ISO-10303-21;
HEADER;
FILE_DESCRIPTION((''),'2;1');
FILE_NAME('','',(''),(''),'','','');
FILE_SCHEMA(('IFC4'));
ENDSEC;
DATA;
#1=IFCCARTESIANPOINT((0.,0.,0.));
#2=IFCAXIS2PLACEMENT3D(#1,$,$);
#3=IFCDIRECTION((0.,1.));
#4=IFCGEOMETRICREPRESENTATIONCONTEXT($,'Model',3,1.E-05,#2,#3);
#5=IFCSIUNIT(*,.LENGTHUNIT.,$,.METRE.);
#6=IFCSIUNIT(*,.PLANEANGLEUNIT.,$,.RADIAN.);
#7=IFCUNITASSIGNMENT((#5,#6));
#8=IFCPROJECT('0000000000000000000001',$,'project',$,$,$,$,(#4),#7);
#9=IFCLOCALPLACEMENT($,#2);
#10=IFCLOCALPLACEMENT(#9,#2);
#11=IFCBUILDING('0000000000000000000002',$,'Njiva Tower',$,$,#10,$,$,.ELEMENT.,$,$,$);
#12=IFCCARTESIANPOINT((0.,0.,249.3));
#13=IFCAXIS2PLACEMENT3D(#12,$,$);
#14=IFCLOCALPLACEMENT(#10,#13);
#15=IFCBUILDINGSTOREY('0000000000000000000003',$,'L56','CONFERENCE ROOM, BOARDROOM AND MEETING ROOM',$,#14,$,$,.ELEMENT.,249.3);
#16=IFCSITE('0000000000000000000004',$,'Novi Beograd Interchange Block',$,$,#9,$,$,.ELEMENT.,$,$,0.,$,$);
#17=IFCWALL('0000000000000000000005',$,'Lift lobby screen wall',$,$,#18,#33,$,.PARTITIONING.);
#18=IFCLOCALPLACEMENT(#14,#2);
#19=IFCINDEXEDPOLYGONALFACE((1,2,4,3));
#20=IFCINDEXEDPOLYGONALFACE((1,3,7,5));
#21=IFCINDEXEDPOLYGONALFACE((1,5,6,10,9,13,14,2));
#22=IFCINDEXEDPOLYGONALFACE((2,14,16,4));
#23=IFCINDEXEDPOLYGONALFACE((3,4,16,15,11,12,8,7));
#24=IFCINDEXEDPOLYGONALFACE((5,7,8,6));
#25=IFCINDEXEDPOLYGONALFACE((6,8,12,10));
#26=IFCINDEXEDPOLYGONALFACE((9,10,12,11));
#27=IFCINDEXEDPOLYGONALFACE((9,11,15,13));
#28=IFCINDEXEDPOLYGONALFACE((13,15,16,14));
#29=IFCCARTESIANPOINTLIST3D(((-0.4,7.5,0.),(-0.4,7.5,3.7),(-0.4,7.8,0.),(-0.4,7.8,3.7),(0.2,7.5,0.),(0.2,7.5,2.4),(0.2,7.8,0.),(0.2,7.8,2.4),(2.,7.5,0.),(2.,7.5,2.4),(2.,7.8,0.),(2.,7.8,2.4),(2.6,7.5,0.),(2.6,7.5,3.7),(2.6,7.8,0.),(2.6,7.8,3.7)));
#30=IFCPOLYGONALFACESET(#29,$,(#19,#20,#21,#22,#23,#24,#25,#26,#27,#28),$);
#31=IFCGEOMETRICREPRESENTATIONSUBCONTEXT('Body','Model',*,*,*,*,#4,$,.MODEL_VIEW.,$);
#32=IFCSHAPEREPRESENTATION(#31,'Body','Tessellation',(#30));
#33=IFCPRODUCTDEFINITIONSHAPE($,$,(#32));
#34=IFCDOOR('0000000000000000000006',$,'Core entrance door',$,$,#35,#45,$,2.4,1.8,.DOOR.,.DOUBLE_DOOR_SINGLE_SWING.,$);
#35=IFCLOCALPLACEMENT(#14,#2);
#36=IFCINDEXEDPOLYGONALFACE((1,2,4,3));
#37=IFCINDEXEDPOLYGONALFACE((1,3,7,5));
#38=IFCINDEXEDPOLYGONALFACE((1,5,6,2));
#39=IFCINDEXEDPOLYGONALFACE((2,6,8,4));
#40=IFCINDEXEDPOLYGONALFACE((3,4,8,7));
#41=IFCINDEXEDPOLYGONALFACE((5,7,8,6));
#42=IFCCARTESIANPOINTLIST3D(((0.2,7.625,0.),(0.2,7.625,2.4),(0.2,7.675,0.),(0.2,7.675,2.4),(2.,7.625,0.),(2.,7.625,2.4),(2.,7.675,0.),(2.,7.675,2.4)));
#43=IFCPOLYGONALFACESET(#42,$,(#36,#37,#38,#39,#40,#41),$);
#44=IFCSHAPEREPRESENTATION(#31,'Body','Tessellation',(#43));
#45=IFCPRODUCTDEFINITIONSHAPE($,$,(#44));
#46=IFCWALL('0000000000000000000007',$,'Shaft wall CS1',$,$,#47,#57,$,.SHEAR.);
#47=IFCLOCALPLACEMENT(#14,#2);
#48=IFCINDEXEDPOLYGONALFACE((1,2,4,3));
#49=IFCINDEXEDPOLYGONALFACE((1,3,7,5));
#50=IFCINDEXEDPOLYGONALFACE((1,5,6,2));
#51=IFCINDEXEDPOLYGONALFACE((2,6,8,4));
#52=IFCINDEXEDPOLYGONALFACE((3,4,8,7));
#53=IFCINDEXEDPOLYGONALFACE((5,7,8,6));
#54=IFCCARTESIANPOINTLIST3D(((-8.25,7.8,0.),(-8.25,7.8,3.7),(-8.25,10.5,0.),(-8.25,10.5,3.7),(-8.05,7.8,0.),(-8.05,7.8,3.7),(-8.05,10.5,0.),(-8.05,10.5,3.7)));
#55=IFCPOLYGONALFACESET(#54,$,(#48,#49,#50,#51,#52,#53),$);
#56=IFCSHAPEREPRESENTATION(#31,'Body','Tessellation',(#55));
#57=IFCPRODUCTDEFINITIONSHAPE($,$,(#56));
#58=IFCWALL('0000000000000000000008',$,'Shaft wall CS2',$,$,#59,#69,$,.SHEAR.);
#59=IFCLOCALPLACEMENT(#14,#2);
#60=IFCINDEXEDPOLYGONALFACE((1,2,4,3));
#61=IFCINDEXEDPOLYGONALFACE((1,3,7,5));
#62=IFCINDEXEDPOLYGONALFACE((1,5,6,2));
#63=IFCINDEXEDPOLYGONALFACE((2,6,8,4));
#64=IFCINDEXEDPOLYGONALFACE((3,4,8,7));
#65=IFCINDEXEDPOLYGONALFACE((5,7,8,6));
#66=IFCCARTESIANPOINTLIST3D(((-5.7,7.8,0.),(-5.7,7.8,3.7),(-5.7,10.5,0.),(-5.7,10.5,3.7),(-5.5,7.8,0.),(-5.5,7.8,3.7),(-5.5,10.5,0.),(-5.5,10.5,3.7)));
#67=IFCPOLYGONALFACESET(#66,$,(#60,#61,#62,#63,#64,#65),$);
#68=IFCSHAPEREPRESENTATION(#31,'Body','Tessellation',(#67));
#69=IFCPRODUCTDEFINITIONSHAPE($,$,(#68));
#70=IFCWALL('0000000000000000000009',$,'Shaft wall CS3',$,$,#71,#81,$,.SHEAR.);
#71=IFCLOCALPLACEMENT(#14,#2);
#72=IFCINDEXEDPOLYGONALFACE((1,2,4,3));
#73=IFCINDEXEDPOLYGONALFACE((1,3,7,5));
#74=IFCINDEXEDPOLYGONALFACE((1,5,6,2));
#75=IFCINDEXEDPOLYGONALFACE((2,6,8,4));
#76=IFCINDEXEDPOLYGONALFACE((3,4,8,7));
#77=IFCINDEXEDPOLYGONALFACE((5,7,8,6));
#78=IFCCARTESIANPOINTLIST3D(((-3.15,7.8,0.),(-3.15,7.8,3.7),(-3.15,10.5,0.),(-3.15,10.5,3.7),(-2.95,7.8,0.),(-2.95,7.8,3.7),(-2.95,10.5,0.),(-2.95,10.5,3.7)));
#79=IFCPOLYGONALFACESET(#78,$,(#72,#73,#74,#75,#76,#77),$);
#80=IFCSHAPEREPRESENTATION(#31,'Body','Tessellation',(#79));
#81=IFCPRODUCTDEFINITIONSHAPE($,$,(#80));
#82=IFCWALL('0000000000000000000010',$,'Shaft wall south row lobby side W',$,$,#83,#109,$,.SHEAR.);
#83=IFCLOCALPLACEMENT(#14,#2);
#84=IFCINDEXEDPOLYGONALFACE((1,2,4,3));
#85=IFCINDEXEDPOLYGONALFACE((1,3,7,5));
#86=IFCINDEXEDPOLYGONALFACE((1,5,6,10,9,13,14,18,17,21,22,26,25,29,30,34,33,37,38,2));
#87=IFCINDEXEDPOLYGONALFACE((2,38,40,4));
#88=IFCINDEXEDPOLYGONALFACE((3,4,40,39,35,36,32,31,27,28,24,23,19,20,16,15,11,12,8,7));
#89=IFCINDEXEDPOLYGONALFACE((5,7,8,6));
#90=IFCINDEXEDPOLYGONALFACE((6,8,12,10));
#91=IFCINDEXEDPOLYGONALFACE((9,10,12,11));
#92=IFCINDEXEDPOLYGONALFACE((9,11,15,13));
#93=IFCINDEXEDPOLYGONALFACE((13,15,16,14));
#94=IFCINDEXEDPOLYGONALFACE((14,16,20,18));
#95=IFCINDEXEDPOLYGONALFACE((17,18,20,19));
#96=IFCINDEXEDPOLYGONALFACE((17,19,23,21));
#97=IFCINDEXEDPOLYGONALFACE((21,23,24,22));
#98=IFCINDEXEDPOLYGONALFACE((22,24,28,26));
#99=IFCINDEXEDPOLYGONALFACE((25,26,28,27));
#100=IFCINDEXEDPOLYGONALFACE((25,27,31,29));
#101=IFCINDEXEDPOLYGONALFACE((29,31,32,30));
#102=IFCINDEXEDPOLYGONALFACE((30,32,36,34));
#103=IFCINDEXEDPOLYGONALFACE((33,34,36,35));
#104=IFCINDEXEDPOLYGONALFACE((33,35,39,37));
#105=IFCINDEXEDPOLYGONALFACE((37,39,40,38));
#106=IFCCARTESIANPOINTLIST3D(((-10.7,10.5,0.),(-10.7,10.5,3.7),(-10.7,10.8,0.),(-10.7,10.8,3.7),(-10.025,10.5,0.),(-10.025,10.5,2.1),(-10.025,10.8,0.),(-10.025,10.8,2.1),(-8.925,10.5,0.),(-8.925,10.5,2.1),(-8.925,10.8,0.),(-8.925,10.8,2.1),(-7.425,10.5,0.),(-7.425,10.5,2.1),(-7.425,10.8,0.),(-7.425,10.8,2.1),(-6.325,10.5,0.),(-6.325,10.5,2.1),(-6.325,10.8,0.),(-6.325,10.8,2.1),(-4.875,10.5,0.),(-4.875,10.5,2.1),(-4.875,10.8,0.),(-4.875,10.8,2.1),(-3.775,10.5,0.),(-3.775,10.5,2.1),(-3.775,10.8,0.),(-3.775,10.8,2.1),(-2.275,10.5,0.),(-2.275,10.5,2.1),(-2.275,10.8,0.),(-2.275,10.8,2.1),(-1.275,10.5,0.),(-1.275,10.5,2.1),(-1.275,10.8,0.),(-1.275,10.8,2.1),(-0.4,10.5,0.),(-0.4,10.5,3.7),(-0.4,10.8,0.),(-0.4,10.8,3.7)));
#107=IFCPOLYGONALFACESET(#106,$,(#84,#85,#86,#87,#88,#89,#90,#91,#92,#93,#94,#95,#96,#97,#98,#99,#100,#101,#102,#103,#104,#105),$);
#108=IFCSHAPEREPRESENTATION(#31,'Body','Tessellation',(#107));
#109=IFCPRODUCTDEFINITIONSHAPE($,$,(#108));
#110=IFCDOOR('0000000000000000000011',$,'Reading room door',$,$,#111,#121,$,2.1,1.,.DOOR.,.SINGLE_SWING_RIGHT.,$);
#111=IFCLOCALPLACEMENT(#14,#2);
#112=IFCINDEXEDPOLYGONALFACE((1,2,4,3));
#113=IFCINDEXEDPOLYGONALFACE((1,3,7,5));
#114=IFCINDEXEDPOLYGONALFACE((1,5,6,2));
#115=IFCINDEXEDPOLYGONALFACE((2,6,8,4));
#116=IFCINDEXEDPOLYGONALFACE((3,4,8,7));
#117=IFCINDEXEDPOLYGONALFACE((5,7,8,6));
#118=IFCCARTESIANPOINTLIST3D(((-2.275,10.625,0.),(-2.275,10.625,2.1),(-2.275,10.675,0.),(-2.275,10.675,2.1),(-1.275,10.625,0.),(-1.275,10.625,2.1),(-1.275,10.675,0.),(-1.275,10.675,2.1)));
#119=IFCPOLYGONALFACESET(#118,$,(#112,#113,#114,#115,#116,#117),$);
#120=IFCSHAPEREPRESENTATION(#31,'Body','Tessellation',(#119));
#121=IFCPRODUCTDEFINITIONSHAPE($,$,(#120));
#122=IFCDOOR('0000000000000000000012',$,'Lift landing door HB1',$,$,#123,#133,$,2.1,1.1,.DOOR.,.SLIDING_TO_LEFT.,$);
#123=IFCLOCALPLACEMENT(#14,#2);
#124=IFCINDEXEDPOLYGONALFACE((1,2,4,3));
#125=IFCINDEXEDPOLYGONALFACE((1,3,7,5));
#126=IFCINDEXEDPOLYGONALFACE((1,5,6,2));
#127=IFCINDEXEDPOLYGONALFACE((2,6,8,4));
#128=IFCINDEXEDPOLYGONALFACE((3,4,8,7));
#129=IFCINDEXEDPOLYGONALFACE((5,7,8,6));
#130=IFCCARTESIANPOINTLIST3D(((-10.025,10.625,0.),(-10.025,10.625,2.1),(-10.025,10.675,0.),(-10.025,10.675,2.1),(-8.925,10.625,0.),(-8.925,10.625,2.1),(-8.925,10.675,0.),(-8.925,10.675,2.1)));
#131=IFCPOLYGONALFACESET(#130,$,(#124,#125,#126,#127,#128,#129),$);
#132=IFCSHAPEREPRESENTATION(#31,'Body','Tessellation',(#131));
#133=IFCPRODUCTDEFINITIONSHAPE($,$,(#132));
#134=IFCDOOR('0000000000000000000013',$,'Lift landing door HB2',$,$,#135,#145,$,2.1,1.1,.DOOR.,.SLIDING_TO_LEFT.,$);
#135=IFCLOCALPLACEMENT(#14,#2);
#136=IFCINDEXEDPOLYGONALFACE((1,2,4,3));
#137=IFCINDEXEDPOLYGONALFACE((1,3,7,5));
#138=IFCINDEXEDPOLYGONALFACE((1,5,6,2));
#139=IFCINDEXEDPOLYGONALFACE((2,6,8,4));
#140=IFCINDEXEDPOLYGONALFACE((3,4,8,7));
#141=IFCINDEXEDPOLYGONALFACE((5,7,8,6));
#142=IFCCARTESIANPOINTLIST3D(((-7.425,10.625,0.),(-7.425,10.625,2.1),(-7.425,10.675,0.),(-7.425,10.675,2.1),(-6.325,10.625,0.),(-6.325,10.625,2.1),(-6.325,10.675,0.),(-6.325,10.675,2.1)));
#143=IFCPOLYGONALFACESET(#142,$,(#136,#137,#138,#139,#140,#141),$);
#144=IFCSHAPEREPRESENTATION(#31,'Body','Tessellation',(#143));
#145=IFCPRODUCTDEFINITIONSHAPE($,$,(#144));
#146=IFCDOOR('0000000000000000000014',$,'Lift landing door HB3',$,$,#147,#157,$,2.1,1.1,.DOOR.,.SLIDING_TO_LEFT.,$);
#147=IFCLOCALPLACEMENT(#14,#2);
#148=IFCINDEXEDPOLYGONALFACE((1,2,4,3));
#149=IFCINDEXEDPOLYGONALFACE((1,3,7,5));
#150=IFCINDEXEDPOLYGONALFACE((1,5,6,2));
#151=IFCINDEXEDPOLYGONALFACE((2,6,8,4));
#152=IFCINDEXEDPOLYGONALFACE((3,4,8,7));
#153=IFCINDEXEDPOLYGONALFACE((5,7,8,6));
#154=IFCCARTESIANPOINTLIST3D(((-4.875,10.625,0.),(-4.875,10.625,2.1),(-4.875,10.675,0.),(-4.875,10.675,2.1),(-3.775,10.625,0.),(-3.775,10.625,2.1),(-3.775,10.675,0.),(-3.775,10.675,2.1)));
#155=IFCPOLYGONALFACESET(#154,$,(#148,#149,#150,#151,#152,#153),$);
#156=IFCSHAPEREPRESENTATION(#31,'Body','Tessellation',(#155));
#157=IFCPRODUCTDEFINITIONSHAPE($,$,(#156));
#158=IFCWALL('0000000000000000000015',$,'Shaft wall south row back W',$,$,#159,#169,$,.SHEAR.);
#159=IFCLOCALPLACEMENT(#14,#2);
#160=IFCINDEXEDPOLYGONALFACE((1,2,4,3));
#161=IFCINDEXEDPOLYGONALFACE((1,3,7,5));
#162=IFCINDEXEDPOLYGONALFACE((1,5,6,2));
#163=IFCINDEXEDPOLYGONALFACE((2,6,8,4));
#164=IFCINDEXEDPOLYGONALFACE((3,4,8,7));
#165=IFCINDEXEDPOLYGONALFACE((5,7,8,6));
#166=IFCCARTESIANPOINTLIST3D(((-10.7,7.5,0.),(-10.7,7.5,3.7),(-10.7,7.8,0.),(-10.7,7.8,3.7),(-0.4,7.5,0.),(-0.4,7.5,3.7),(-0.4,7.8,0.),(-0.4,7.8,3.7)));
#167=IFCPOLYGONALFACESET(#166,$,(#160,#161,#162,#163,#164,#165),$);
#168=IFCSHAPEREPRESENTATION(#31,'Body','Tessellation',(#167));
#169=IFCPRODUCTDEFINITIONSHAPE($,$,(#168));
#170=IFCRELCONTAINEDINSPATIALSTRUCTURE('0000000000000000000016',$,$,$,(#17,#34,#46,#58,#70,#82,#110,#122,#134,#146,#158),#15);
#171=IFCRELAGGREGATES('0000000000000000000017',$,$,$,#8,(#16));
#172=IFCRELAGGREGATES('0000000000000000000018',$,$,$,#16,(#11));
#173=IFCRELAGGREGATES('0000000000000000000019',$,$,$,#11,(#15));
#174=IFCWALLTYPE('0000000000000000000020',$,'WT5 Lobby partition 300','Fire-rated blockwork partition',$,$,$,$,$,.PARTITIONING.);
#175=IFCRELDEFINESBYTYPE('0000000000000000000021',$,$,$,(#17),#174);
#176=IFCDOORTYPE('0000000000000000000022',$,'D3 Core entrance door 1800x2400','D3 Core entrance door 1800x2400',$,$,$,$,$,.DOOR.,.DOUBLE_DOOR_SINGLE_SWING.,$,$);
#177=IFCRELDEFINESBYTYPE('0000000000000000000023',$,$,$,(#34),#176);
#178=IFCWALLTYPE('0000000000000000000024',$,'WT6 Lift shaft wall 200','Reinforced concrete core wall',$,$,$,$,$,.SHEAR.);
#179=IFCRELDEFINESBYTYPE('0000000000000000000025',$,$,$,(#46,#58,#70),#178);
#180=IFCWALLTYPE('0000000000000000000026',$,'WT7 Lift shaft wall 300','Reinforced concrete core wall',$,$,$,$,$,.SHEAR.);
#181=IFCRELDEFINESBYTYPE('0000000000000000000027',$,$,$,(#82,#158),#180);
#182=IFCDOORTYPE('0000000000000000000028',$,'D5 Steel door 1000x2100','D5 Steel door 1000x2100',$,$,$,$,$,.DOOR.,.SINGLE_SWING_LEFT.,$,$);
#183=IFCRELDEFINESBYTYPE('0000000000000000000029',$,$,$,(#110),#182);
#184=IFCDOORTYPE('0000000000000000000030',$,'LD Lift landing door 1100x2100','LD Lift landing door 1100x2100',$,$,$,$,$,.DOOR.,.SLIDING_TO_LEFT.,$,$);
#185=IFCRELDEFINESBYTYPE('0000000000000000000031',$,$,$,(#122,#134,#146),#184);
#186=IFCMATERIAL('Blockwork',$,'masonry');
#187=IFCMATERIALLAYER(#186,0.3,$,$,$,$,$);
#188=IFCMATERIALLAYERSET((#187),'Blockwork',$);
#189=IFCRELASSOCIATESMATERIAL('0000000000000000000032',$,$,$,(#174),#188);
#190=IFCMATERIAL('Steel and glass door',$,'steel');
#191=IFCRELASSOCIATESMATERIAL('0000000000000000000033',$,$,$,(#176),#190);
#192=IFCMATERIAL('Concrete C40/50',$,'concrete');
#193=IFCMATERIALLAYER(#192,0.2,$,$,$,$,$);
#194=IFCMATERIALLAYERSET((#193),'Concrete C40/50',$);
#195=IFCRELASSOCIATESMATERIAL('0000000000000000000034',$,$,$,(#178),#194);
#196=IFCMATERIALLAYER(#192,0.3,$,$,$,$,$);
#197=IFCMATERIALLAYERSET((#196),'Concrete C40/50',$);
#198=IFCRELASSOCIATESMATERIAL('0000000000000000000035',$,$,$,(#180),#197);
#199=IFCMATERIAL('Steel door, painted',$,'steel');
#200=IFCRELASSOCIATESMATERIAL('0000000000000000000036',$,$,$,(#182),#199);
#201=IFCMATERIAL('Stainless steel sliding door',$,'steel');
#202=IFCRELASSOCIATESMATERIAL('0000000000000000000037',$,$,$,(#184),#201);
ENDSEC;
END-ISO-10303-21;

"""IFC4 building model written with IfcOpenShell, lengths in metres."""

from ifc_helpers import new_model, si_unit, direction, frame, frame_2d, origin, place, context, subcontext, project, spatial, rectangle, extrude, material, layer, layer_set, type_object, element, fill, save


model = new_model("IFC4")

# Units and contexts
model_context = context("Model", 3, precision=1e-05, world=origin(), true_north=direction((0.0, 1.0)))
body_context = subcontext(model_context, "Body", "Model", "MODEL_VIEW")
ifc_project = project(units=[si_unit("LENGTHUNIT", "METRE"), si_unit("PLANEANGLEUNIT", "RADIAN")], contexts=[model_context])

# Site, building, storey
site_placement = place(None, origin())
site = spatial("IfcSite", under=ifc_project, at=site_placement, Name="Novi Beograd Interchange Block", CompositionType="ELEMENT", RefElevation=0.0)
building_placement = place(site_placement, origin())
building = spatial("IfcBuilding", under=site, at=building_placement, Name="Njiva Tower", CompositionType="ELEMENT")
storey_placement = place(building_placement, frame((0.0, 0.0, 249.3)))
storey = spatial("IfcBuildingStorey", under=building, at=storey_placement, Name="L56", Description="CONFERENCE ROOM, BOARDROOM AND MEETING ROOM", CompositionType="ELEMENT", Elevation=249.3)

# Shared definitions
ifc_material_1 = material(Name="Blockwork", Category="masonry")

# Shared definitions
ifc_material_2 = material(Name="Concrete C40/50", Category="concrete")
ifc_material_3 = material(Name="Steel door, painted", Category="steel")

# Wall, opening, door
ifc_layer_1 = layer(ifc_material_1, 0.3)
ifc_layer_set_1 = layer_set([ifc_layer_1], Name="Blockwork")
wall_type_1 = type_object("IfcWallType", Name="WT5 Lobby partition 300", Description="Fire-rated blockwork partition", PredefinedType="PARTITIONING", material=ifc_layer_set_1)
wall_1_placement = place(storey_placement, frame((-0.4, 7.65, 0.0), z_axis=(0.0, 0.0, 1.0), x_axis=(1.0, 0.0, 0.0)))
wall_1 = element("IfcWall", 1, at=wall_1_placement, inside=storey, type_object=wall_type_1, Name="Lift lobby screen wall", PredefinedType="PARTITIONING", context=body_context, shape_type="SweptSolid", body=[
    extrude(rectangle(XDim=3.0, YDim=0.3, at=frame_2d((1.5, 0.0))), origin(), (0.0, 0.0, 1.0), 3.7),
])
opening_1_placement = place(wall_1_placement, frame((0.6, 0.0, 0.0)))
opening_1 = element("IfcOpeningElement", 2, at=opening_1_placement, cuts=wall_1, PredefinedType="OPENING", context=body_context, shape_type="SweptSolid", body=[
    extrude(rectangle(XDim=1.8, YDim=2.4, at=frame_2d((0.9, 1.2))), frame((0.0, 0.16, 0.0), z_axis=(0.0, -1.0, 0.0), x_axis=(1.0, 0.0, 0.0)), (0.0, 0.0, 1.0), 0.32),
])
ifc_material_4 = material(Name="Steel and glass door", Category="steel")
door_type_1 = type_object("IfcDoorType", Name="D3 Core entrance door 1800x2400", Description="D3 Core entrance door 1800x2400", OperationType="DOUBLE_DOOR_SINGLE_SWING", PredefinedType="DOOR", material=ifc_material_4)
door_1_placement = place(opening_1_placement, origin())
door_1 = element("IfcDoor", 3, at=door_1_placement, inside=storey, type_object=door_type_1, Name="Core entrance door", OperationType="DOUBLE_DOOR_SINGLE_SWING", OverallHeight=2.4, OverallWidth=1.8, PredefinedType="DOOR", context=body_context, shape_type="SweptSolid", body=[
    extrude(rectangle(XDim=1.8, YDim=2.4, at=frame_2d((0.9, 1.2))), frame((0.0, 0.025, 0.0), z_axis=(0.0, -1.0, 0.0), x_axis=(1.0, 0.0, 0.0)), (0.0, 0.0, 1.0), 0.05),
])
fill(opening_1, door_1)

# Walls
ifc_layer_2 = layer(ifc_material_2, 0.2)
ifc_layer_set_2 = layer_set([ifc_layer_2], Name="Concrete C40/50")
wall_type_2 = type_object("IfcWallType", Name="WT6 Lift shaft wall 200", Description="Reinforced concrete core wall", PredefinedType="SHEAR", material=ifc_layer_set_2)
for number, where, z_axis, x_axis, name in (
    (4, (-8.15, 7.8, 0.0), (0.0, 0.0, 1.0), (0.0, 1.0, 0.0), "Shaft wall CS1"),
    (5, (-5.6, 7.8, 0.0), (0.0, 0.0, 1.0), (0.0, 1.0, 0.0), "Shaft wall CS2"),
    (6, (-3.05, 7.8, 0.0), (0.0, 0.0, 1.0), (0.0, 1.0, 0.0), "Shaft wall CS3"),
):
    element("IfcWall", number, at=place(storey_placement, frame(where, z_axis=z_axis, x_axis=x_axis)), inside=storey, type_object=wall_type_2, Name=name, PredefinedType="SHEAR", context=body_context, shape_type="SweptSolid", body=[
        extrude(rectangle(XDim=2.7, YDim=0.2, at=frame_2d((1.35, 0.0))), origin(), (0.0, 0.0, 1.0), 3.7),
    ])

# Wall, openings, doors
ifc_layer_3 = layer(ifc_material_2, 0.3)
ifc_layer_set_3 = layer_set([ifc_layer_3], Name="Concrete C40/50")
wall_type_3 = type_object("IfcWallType", Name="WT7 Lift shaft wall 300", Description="Reinforced concrete core wall", PredefinedType="SHEAR", material=ifc_layer_set_3)
wall_2_placement = place(storey_placement, frame((-10.7, 10.65, 0.0), z_axis=(0.0, 0.0, 1.0), x_axis=(1.0, 0.0, 0.0)))
wall_2 = element("IfcWall", 7, at=wall_2_placement, inside=storey, type_object=wall_type_3, Name="Shaft wall south row lobby side W", PredefinedType="SHEAR", context=body_context, shape_type="SweptSolid", body=[
    extrude(rectangle(XDim=10.3, YDim=0.3, at=frame_2d((5.15, 0.0))), origin(), (0.0, 0.0, 1.0), 3.7),
])
opening_2_placement = place(wall_2_placement, frame((0.675, 0.0, 0.0)))
opening_2 = element("IfcOpeningElement", 8, at=opening_2_placement, cuts=wall_2, PredefinedType="OPENING", context=body_context, shape_type="SweptSolid", body=[
    extrude(rectangle(XDim=1.1, YDim=2.1, at=frame_2d((0.55, 1.05))), frame((0.0, 0.16, 0.0), z_axis=(0.0, -1.0, 0.0), x_axis=(1.0, 0.0, 0.0)), (0.0, 0.0, 1.0), 0.32),
])
opening_3_placement = place(wall_2_placement, frame((3.275, 0.0, 0.0)))
opening_3 = element("IfcOpeningElement", 9, at=opening_3_placement, cuts=wall_2, PredefinedType="OPENING", context=body_context, shape_type="SweptSolid", body=[
    extrude(rectangle(XDim=1.1, YDim=2.1, at=frame_2d((0.55, 1.05))), frame((0.0, 0.16, 0.0), z_axis=(0.0, -1.0, 0.0), x_axis=(1.0, 0.0, 0.0)), (0.0, 0.0, 1.0), 0.32),
])
opening_4_placement = place(wall_2_placement, frame((5.825, 0.0, 0.0)))
opening_4 = element("IfcOpeningElement", 10, at=opening_4_placement, cuts=wall_2, PredefinedType="OPENING", context=body_context, shape_type="SweptSolid", body=[
    extrude(rectangle(XDim=1.1, YDim=2.1, at=frame_2d((0.55, 1.05))), frame((0.0, 0.16, 0.0), z_axis=(0.0, -1.0, 0.0), x_axis=(1.0, 0.0, 0.0)), (0.0, 0.0, 1.0), 0.32),
])
opening_5_placement = place(wall_2_placement, frame((8.425, 0.0, 0.0)))
opening_5 = element("IfcOpeningElement", 11, at=opening_5_placement, cuts=wall_2, PredefinedType="OPENING", context=body_context, shape_type="SweptSolid", body=[
    extrude(rectangle(XDim=1.0, YDim=2.1, at=frame_2d((0.5, 1.05))), frame((0.0, 0.16, 0.0), z_axis=(0.0, -1.0, 0.0), x_axis=(1.0, 0.0, 0.0)), (0.0, 0.0, 1.0), 0.32),
])
door_type_2 = type_object("IfcDoorType", Name="D5 Steel door 1000x2100", Description="D5 Steel door 1000x2100", OperationType="SINGLE_SWING_LEFT", PredefinedType="DOOR", material=ifc_material_3)
door_2_placement = place(opening_5_placement, origin())
door_2 = element("IfcDoor", 12, at=door_2_placement, inside=storey, type_object=door_type_2, Name="Reading room door", OperationType="SINGLE_SWING_RIGHT", OverallHeight=2.1, OverallWidth=1.0, PredefinedType="DOOR", context=body_context, shape_type="SweptSolid", body=[
    extrude(rectangle(XDim=1.0, YDim=2.1, at=frame_2d((0.5, 1.05))), frame((0.0, 0.025, 0.0), z_axis=(0.0, -1.0, 0.0), x_axis=(1.0, 0.0, 0.0)), (0.0, 0.0, 1.0), 0.05),
])
fill(opening_5, door_2)
ifc_material_5 = material(Name="Stainless steel sliding door", Category="steel")
door_type_3 = type_object("IfcDoorType", Name="LD Lift landing door 1100x2100", Description="LD Lift landing door 1100x2100", OperationType="SLIDING_TO_LEFT", PredefinedType="DOOR", material=ifc_material_5)
door_3_placement = place(opening_2_placement, origin())
door_3 = element("IfcDoor", 13, at=door_3_placement, inside=storey, type_object=door_type_3, Name="Lift landing door HB1", OperationType="SLIDING_TO_LEFT", OverallHeight=2.1, OverallWidth=1.1, PredefinedType="DOOR", context=body_context, shape_type="SweptSolid", body=[
    extrude(rectangle(XDim=1.1, YDim=2.1, at=frame_2d((0.55, 1.05))), frame((0.0, 0.025, 0.0), z_axis=(0.0, -1.0, 0.0), x_axis=(1.0, 0.0, 0.0)), (0.0, 0.0, 1.0), 0.05),
])
fill(opening_2, door_3)
door_4_placement = place(opening_3_placement, origin())
door_4 = element("IfcDoor", 14, at=door_4_placement, inside=storey, type_object=door_type_3, Name="Lift landing door HB2", OperationType="SLIDING_TO_LEFT", OverallHeight=2.1, OverallWidth=1.1, PredefinedType="DOOR", context=body_context, shape_type="SweptSolid", body=[
    extrude(rectangle(XDim=1.1, YDim=2.1, at=frame_2d((0.55, 1.05))), frame((0.0, 0.025, 0.0), z_axis=(0.0, -1.0, 0.0), x_axis=(1.0, 0.0, 0.0)), (0.0, 0.0, 1.0), 0.05),
])
fill(opening_3, door_4)
door_5_placement = place(opening_4_placement, origin())
door_5 = element("IfcDoor", 15, at=door_5_placement, inside=storey, type_object=door_type_3, Name="Lift landing door HB3", OperationType="SLIDING_TO_LEFT", OverallHeight=2.1, OverallWidth=1.1, PredefinedType="DOOR", context=body_context, shape_type="SweptSolid", body=[
    extrude(rectangle(XDim=1.1, YDim=2.1, at=frame_2d((0.55, 1.05))), frame((0.0, 0.025, 0.0), z_axis=(0.0, -1.0, 0.0), x_axis=(1.0, 0.0, 0.0)), (0.0, 0.0, 1.0), 0.05),
])
fill(opening_4, door_5)

# Wall
wall_3_placement = place(storey_placement, frame((-10.7, 7.65, 0.0), z_axis=(0.0, 0.0, 1.0), x_axis=(1.0, 0.0, 0.0)))
element("IfcWall", 16, at=wall_3_placement, inside=storey, type_object=wall_type_3, Name="Shaft wall south row back W", PredefinedType="SHEAR", context=body_context, shape_type="SweptSolid", body=[
    extrude(rectangle(XDim=10.3, YDim=0.3, at=frame_2d((5.15, 0.0))), origin(), (0.0, 0.0, 1.0), 3.7),
])

save(model, "model.ifc")
